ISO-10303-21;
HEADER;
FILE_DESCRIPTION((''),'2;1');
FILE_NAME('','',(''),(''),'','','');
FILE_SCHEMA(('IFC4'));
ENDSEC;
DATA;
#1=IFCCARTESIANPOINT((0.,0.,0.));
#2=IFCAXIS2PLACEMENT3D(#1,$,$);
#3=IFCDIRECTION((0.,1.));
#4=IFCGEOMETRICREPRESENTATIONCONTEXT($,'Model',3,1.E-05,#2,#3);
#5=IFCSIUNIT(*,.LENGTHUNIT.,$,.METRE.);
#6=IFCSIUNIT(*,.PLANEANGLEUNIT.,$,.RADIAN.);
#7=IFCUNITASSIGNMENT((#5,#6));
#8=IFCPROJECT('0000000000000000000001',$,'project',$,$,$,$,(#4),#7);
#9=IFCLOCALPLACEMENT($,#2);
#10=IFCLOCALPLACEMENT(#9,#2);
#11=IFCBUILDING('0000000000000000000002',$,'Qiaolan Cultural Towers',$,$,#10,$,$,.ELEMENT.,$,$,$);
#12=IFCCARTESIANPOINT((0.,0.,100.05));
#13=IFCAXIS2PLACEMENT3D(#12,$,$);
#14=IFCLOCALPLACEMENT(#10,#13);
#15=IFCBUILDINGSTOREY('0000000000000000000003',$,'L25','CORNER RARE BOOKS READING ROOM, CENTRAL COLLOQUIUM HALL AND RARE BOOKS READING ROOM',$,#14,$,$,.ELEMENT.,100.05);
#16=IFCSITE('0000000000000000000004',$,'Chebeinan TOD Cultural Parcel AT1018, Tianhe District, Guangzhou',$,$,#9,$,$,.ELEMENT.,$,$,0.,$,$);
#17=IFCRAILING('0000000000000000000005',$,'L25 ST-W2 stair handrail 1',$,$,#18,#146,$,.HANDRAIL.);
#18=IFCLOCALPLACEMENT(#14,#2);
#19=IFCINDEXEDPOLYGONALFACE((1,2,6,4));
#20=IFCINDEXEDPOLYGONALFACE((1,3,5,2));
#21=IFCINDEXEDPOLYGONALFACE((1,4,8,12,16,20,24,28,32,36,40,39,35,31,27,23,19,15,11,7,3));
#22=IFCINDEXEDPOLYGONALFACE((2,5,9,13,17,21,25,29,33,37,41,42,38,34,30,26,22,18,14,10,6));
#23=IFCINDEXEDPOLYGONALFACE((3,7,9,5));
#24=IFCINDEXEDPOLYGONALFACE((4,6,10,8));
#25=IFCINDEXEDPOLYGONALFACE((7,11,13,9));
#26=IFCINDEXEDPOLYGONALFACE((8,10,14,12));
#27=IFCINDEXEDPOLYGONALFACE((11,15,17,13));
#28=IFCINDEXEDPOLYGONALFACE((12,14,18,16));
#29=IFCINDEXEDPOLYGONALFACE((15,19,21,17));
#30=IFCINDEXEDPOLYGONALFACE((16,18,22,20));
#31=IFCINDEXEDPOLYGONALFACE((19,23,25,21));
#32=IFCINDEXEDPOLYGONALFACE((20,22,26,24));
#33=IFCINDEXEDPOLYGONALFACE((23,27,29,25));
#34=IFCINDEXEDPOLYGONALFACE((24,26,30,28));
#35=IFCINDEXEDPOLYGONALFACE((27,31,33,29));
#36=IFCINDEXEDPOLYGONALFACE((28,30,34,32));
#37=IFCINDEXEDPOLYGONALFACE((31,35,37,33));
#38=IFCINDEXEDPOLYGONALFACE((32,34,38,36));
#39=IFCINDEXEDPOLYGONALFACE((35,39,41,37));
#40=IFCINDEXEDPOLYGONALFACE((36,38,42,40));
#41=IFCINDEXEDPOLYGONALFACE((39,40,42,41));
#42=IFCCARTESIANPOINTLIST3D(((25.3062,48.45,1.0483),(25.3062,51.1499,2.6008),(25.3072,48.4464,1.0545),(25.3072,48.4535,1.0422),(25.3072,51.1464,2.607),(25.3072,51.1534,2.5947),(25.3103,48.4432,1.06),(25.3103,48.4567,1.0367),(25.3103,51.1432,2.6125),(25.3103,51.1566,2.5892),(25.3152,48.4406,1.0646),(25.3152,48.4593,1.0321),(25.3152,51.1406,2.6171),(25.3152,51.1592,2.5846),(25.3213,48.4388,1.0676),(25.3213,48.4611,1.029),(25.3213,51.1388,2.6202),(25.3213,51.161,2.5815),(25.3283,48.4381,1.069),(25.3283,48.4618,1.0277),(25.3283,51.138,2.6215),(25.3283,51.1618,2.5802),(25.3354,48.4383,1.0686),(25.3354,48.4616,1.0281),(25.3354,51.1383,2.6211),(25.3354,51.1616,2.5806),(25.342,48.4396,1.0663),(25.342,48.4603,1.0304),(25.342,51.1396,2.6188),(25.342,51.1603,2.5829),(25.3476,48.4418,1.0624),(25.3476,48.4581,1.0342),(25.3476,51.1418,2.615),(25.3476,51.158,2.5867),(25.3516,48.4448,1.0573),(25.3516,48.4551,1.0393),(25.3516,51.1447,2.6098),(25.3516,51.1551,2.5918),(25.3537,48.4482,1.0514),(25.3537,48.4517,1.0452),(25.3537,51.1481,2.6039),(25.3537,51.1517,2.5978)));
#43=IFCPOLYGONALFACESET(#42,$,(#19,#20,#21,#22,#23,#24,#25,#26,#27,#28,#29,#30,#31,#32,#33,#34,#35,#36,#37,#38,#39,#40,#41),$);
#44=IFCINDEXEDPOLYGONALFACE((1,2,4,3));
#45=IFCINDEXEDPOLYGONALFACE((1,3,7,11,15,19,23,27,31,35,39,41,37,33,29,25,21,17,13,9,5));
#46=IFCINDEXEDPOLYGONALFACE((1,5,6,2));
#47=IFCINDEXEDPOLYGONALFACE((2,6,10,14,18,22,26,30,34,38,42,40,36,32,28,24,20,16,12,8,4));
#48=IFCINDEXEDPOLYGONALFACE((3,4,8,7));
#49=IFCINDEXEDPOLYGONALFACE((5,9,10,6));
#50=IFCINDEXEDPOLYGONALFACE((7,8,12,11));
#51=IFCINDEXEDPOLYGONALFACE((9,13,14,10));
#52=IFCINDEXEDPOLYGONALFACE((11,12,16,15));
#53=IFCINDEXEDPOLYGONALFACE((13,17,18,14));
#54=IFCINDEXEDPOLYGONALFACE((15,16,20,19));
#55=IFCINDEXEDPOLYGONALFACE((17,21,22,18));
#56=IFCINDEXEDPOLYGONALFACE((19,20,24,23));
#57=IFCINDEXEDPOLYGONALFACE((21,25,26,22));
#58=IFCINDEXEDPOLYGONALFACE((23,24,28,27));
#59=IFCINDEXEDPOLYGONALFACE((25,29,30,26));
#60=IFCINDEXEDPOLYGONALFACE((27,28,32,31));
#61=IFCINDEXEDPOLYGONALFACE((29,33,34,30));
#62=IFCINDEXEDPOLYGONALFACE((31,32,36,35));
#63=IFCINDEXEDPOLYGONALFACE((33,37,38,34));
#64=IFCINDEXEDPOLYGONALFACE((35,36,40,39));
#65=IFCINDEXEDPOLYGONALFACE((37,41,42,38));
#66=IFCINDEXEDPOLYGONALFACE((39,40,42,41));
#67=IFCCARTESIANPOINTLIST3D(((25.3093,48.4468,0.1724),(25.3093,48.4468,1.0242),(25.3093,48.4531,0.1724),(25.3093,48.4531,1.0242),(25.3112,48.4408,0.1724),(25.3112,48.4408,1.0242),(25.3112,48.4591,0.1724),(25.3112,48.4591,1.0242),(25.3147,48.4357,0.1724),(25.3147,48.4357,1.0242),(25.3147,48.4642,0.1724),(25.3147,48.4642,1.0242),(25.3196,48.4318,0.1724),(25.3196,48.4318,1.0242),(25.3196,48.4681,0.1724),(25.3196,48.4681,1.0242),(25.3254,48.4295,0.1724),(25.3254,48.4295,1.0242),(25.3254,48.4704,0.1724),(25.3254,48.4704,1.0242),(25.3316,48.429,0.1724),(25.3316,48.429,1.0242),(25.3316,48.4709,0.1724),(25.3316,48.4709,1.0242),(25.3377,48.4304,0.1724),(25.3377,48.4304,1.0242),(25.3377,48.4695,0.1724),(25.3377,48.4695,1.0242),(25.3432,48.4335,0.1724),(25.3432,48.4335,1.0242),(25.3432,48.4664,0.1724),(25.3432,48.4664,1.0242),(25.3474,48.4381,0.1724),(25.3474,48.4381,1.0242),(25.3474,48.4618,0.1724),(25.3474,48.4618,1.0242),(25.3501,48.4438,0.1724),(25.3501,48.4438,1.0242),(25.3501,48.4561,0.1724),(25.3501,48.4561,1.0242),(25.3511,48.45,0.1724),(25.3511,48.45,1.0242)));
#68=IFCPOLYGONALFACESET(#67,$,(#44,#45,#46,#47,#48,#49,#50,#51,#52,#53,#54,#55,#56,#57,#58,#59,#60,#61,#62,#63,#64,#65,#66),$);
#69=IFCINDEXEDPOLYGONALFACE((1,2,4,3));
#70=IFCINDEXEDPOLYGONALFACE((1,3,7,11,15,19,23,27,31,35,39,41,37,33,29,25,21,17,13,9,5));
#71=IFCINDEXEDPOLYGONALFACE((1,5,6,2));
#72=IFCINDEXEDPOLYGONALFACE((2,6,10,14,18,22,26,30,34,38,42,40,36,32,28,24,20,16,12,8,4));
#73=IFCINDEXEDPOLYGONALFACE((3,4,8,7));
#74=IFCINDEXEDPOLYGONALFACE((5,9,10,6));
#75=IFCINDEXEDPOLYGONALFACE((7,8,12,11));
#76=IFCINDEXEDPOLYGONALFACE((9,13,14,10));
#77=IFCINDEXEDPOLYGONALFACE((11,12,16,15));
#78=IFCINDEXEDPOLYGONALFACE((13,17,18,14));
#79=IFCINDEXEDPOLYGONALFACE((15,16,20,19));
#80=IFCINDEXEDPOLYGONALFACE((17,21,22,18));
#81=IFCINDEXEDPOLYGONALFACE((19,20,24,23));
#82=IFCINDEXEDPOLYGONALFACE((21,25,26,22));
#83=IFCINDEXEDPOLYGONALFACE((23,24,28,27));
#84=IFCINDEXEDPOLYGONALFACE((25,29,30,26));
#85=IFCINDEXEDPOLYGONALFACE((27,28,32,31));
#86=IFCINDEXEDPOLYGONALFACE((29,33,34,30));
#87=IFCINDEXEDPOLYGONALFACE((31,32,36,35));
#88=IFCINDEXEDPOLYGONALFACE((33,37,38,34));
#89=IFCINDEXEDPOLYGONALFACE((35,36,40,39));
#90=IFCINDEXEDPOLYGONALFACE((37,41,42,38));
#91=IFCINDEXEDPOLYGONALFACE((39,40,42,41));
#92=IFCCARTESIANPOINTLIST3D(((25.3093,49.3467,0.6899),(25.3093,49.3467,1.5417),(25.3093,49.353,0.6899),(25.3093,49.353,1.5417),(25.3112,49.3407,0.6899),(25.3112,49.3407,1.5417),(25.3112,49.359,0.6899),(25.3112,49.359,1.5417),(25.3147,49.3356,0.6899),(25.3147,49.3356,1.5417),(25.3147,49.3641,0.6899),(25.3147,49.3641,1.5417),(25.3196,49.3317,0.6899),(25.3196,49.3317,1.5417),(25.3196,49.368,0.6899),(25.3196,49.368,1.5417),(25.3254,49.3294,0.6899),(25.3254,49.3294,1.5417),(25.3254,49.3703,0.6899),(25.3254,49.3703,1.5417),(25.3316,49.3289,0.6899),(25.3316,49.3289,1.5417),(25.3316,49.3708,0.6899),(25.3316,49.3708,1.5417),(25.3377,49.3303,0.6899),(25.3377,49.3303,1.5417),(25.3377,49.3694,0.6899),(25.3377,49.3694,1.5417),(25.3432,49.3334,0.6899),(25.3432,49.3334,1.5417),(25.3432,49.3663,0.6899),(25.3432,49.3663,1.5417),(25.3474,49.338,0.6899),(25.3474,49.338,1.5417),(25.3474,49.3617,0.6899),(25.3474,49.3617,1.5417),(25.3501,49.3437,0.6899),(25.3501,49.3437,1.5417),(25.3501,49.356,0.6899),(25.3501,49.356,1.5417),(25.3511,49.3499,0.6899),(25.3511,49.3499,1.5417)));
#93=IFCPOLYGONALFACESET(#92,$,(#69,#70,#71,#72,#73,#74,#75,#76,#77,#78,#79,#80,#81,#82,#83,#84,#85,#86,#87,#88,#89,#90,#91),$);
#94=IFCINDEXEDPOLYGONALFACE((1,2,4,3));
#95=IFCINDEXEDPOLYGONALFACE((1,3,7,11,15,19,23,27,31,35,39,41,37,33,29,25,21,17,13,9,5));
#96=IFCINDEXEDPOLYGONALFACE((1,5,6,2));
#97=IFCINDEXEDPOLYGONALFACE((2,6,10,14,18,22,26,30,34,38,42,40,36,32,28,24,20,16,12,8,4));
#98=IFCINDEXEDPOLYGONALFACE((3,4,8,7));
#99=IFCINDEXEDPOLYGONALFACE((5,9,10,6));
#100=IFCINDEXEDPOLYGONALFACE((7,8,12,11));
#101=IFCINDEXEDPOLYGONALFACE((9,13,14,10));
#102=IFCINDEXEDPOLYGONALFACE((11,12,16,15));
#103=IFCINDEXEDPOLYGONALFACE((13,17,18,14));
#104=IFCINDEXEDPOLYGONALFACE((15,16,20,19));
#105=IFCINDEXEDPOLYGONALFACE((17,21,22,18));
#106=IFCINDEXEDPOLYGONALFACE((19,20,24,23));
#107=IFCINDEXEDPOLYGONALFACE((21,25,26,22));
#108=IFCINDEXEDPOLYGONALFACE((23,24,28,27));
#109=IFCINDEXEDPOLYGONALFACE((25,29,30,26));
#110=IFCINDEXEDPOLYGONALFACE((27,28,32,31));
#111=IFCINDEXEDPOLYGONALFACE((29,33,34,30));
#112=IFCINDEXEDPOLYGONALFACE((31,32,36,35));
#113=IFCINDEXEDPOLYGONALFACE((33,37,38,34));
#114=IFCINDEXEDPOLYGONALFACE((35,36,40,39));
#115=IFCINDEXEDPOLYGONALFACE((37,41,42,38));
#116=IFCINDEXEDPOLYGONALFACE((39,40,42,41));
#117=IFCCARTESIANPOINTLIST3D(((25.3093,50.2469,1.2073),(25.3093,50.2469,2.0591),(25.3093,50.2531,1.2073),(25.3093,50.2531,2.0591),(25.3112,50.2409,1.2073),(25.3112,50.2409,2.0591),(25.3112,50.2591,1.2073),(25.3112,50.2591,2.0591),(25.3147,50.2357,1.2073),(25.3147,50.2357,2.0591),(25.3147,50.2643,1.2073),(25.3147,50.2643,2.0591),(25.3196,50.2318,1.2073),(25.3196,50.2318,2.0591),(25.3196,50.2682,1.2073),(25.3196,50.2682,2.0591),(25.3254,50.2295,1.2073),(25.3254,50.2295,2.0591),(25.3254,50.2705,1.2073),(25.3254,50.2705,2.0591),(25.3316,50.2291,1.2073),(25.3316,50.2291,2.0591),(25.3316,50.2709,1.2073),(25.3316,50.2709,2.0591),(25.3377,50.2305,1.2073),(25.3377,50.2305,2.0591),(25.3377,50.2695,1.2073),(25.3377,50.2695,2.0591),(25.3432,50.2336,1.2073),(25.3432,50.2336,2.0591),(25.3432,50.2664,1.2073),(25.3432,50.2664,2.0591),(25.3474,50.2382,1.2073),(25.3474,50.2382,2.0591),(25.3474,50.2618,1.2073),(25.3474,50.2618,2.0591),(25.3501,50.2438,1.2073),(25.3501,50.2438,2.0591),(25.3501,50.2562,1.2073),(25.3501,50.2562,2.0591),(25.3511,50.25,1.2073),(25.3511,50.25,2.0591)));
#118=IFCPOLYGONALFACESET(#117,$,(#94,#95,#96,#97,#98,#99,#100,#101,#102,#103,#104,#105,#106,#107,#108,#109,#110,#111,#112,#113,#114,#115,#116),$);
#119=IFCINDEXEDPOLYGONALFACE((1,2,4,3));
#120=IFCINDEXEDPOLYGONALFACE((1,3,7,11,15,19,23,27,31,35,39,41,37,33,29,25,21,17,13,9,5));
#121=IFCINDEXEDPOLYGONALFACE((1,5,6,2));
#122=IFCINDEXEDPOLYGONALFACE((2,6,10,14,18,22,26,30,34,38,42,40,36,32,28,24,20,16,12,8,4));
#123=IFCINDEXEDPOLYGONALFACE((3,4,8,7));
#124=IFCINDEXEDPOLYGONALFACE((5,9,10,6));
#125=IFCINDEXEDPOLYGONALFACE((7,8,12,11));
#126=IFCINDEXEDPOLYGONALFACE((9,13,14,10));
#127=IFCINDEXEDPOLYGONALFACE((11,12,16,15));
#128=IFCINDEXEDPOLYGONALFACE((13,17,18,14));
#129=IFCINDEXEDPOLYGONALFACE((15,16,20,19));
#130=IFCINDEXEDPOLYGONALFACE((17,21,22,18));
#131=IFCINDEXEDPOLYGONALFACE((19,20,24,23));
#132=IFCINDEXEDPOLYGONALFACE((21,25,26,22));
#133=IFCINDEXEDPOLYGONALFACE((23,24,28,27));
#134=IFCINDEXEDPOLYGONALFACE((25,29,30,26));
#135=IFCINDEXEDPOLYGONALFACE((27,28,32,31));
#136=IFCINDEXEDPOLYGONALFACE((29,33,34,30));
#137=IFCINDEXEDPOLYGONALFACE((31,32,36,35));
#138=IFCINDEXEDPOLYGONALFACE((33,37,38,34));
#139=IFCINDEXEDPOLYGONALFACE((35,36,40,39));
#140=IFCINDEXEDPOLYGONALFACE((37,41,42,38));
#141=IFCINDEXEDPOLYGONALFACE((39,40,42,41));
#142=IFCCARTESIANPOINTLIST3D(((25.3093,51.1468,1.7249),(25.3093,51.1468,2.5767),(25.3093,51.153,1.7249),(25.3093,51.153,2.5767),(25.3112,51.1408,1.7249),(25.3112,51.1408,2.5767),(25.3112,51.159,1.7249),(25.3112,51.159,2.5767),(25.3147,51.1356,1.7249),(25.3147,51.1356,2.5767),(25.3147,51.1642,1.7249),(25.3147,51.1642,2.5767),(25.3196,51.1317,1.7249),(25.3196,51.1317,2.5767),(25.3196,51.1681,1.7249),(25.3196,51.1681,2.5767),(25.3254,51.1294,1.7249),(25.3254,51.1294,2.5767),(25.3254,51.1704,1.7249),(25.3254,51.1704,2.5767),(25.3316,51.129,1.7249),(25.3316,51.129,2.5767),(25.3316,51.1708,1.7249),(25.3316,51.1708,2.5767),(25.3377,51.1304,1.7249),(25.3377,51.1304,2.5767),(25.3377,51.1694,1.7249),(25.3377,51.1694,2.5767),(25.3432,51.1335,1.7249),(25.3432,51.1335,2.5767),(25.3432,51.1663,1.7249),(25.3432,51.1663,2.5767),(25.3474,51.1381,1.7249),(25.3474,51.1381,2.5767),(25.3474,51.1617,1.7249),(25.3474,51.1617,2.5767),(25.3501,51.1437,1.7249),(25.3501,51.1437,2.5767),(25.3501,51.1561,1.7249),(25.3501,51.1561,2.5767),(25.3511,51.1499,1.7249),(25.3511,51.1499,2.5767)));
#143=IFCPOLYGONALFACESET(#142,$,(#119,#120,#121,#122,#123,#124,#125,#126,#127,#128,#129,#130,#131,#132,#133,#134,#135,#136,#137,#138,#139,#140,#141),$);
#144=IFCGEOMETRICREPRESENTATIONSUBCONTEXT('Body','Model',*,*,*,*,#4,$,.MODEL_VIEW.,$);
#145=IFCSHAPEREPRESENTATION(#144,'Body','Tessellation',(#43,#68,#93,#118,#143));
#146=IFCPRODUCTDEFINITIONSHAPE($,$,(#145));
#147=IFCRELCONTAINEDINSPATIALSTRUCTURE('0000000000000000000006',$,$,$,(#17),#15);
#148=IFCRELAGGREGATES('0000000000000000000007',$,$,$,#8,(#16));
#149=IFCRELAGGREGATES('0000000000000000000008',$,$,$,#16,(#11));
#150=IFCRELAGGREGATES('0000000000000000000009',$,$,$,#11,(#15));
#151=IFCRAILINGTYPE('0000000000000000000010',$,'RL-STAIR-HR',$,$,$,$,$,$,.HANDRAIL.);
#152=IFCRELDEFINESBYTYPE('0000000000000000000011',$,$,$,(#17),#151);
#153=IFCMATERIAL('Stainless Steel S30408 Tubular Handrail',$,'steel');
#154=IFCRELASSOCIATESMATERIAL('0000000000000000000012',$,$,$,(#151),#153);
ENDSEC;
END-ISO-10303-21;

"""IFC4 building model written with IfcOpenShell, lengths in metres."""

from ifc_helpers import new_model, si_unit, direction, frame, origin, origin_2d, place, context, subcontext, project, spatial, circle, extrude, material, type_object, element, save


model = new_model("IFC4")

# Units and contexts
model_context = context("Model", 3, precision=1e-05, world=origin(), true_north=direction((0.0, 1.0)))
body_context = subcontext(model_context, "Body", "Model", "MODEL_VIEW")
ifc_project = project(units=[si_unit("LENGTHUNIT", "METRE"), si_unit("PLANEANGLEUNIT", "RADIAN")], contexts=[model_context])

# Site, building, storey
site_placement = place(None, origin())
site = spatial("IfcSite", under=ifc_project, at=site_placement, Name="Chebeinan TOD Cultural Parcel AT1018, Tianhe District, Guangzhou", CompositionType="ELEMENT", RefElevation=0.0)
building_placement = place(site_placement, origin())
building = spatial("IfcBuilding", under=site, at=building_placement, Name="Qiaolan Cultural Towers", CompositionType="ELEMENT")
storey_placement = place(building_placement, frame((0.0, 0.0, 100.05)))
storey = spatial("IfcBuildingStorey", under=building, at=storey_placement, Name="L25", Description="CORNER RARE BOOKS READING ROOM, CENTRAL COLLOQUIUM HALL AND RARE BOOKS READING ROOM", CompositionType="ELEMENT", Elevation=100.05)

# Railing
ifc_material_1 = material(Name="Stainless Steel S30408 Tubular Handrail", Category="steel")
railing_type = type_object("IfcRailingType", Name="RL-STAIR-HR", PredefinedType="HANDRAIL", material=ifc_material_1)
railing_placement = place(storey_placement, frame((25.3301, 48.45, 0.1724)))
element("IfcRailing", 1, at=railing_placement, inside=storey, type_object=railing_type, Name="L25 ST-W2 stair handrail 1", PredefinedType="HANDRAIL", context=body_context, shape_type="SweptSolid", body=[
    extrude(circle(Radius=0.0239, at=origin_2d()), frame((0.0, 0.0, 0.876), z_axis=(0.0, 0.866904, 0.498476), x_axis=(-1.0, 0.0, 0.0)), (0.0, 0.0, 1.0), 3.1145),
    extrude(circle(Radius=0.021, at=origin_2d()), origin(), (0.0, 0.0, 1.0), 0.8518),
    extrude(circle(Radius=0.021, at=origin_2d()), frame((0.0, 0.8999, 0.5176)), (0.0, 0.0, 1.0), 0.8518),
    extrude(circle(Radius=0.021, at=origin_2d()), frame((0.0, 1.8, 1.0349)), (0.0, 0.0, 1.0), 0.8518),
    extrude(circle(Radius=0.021, at=origin_2d()), frame((0.0, 2.7, 1.5525)), (0.0, 0.0, 1.0), 0.8518),
])

save(model, "model.ifc")
